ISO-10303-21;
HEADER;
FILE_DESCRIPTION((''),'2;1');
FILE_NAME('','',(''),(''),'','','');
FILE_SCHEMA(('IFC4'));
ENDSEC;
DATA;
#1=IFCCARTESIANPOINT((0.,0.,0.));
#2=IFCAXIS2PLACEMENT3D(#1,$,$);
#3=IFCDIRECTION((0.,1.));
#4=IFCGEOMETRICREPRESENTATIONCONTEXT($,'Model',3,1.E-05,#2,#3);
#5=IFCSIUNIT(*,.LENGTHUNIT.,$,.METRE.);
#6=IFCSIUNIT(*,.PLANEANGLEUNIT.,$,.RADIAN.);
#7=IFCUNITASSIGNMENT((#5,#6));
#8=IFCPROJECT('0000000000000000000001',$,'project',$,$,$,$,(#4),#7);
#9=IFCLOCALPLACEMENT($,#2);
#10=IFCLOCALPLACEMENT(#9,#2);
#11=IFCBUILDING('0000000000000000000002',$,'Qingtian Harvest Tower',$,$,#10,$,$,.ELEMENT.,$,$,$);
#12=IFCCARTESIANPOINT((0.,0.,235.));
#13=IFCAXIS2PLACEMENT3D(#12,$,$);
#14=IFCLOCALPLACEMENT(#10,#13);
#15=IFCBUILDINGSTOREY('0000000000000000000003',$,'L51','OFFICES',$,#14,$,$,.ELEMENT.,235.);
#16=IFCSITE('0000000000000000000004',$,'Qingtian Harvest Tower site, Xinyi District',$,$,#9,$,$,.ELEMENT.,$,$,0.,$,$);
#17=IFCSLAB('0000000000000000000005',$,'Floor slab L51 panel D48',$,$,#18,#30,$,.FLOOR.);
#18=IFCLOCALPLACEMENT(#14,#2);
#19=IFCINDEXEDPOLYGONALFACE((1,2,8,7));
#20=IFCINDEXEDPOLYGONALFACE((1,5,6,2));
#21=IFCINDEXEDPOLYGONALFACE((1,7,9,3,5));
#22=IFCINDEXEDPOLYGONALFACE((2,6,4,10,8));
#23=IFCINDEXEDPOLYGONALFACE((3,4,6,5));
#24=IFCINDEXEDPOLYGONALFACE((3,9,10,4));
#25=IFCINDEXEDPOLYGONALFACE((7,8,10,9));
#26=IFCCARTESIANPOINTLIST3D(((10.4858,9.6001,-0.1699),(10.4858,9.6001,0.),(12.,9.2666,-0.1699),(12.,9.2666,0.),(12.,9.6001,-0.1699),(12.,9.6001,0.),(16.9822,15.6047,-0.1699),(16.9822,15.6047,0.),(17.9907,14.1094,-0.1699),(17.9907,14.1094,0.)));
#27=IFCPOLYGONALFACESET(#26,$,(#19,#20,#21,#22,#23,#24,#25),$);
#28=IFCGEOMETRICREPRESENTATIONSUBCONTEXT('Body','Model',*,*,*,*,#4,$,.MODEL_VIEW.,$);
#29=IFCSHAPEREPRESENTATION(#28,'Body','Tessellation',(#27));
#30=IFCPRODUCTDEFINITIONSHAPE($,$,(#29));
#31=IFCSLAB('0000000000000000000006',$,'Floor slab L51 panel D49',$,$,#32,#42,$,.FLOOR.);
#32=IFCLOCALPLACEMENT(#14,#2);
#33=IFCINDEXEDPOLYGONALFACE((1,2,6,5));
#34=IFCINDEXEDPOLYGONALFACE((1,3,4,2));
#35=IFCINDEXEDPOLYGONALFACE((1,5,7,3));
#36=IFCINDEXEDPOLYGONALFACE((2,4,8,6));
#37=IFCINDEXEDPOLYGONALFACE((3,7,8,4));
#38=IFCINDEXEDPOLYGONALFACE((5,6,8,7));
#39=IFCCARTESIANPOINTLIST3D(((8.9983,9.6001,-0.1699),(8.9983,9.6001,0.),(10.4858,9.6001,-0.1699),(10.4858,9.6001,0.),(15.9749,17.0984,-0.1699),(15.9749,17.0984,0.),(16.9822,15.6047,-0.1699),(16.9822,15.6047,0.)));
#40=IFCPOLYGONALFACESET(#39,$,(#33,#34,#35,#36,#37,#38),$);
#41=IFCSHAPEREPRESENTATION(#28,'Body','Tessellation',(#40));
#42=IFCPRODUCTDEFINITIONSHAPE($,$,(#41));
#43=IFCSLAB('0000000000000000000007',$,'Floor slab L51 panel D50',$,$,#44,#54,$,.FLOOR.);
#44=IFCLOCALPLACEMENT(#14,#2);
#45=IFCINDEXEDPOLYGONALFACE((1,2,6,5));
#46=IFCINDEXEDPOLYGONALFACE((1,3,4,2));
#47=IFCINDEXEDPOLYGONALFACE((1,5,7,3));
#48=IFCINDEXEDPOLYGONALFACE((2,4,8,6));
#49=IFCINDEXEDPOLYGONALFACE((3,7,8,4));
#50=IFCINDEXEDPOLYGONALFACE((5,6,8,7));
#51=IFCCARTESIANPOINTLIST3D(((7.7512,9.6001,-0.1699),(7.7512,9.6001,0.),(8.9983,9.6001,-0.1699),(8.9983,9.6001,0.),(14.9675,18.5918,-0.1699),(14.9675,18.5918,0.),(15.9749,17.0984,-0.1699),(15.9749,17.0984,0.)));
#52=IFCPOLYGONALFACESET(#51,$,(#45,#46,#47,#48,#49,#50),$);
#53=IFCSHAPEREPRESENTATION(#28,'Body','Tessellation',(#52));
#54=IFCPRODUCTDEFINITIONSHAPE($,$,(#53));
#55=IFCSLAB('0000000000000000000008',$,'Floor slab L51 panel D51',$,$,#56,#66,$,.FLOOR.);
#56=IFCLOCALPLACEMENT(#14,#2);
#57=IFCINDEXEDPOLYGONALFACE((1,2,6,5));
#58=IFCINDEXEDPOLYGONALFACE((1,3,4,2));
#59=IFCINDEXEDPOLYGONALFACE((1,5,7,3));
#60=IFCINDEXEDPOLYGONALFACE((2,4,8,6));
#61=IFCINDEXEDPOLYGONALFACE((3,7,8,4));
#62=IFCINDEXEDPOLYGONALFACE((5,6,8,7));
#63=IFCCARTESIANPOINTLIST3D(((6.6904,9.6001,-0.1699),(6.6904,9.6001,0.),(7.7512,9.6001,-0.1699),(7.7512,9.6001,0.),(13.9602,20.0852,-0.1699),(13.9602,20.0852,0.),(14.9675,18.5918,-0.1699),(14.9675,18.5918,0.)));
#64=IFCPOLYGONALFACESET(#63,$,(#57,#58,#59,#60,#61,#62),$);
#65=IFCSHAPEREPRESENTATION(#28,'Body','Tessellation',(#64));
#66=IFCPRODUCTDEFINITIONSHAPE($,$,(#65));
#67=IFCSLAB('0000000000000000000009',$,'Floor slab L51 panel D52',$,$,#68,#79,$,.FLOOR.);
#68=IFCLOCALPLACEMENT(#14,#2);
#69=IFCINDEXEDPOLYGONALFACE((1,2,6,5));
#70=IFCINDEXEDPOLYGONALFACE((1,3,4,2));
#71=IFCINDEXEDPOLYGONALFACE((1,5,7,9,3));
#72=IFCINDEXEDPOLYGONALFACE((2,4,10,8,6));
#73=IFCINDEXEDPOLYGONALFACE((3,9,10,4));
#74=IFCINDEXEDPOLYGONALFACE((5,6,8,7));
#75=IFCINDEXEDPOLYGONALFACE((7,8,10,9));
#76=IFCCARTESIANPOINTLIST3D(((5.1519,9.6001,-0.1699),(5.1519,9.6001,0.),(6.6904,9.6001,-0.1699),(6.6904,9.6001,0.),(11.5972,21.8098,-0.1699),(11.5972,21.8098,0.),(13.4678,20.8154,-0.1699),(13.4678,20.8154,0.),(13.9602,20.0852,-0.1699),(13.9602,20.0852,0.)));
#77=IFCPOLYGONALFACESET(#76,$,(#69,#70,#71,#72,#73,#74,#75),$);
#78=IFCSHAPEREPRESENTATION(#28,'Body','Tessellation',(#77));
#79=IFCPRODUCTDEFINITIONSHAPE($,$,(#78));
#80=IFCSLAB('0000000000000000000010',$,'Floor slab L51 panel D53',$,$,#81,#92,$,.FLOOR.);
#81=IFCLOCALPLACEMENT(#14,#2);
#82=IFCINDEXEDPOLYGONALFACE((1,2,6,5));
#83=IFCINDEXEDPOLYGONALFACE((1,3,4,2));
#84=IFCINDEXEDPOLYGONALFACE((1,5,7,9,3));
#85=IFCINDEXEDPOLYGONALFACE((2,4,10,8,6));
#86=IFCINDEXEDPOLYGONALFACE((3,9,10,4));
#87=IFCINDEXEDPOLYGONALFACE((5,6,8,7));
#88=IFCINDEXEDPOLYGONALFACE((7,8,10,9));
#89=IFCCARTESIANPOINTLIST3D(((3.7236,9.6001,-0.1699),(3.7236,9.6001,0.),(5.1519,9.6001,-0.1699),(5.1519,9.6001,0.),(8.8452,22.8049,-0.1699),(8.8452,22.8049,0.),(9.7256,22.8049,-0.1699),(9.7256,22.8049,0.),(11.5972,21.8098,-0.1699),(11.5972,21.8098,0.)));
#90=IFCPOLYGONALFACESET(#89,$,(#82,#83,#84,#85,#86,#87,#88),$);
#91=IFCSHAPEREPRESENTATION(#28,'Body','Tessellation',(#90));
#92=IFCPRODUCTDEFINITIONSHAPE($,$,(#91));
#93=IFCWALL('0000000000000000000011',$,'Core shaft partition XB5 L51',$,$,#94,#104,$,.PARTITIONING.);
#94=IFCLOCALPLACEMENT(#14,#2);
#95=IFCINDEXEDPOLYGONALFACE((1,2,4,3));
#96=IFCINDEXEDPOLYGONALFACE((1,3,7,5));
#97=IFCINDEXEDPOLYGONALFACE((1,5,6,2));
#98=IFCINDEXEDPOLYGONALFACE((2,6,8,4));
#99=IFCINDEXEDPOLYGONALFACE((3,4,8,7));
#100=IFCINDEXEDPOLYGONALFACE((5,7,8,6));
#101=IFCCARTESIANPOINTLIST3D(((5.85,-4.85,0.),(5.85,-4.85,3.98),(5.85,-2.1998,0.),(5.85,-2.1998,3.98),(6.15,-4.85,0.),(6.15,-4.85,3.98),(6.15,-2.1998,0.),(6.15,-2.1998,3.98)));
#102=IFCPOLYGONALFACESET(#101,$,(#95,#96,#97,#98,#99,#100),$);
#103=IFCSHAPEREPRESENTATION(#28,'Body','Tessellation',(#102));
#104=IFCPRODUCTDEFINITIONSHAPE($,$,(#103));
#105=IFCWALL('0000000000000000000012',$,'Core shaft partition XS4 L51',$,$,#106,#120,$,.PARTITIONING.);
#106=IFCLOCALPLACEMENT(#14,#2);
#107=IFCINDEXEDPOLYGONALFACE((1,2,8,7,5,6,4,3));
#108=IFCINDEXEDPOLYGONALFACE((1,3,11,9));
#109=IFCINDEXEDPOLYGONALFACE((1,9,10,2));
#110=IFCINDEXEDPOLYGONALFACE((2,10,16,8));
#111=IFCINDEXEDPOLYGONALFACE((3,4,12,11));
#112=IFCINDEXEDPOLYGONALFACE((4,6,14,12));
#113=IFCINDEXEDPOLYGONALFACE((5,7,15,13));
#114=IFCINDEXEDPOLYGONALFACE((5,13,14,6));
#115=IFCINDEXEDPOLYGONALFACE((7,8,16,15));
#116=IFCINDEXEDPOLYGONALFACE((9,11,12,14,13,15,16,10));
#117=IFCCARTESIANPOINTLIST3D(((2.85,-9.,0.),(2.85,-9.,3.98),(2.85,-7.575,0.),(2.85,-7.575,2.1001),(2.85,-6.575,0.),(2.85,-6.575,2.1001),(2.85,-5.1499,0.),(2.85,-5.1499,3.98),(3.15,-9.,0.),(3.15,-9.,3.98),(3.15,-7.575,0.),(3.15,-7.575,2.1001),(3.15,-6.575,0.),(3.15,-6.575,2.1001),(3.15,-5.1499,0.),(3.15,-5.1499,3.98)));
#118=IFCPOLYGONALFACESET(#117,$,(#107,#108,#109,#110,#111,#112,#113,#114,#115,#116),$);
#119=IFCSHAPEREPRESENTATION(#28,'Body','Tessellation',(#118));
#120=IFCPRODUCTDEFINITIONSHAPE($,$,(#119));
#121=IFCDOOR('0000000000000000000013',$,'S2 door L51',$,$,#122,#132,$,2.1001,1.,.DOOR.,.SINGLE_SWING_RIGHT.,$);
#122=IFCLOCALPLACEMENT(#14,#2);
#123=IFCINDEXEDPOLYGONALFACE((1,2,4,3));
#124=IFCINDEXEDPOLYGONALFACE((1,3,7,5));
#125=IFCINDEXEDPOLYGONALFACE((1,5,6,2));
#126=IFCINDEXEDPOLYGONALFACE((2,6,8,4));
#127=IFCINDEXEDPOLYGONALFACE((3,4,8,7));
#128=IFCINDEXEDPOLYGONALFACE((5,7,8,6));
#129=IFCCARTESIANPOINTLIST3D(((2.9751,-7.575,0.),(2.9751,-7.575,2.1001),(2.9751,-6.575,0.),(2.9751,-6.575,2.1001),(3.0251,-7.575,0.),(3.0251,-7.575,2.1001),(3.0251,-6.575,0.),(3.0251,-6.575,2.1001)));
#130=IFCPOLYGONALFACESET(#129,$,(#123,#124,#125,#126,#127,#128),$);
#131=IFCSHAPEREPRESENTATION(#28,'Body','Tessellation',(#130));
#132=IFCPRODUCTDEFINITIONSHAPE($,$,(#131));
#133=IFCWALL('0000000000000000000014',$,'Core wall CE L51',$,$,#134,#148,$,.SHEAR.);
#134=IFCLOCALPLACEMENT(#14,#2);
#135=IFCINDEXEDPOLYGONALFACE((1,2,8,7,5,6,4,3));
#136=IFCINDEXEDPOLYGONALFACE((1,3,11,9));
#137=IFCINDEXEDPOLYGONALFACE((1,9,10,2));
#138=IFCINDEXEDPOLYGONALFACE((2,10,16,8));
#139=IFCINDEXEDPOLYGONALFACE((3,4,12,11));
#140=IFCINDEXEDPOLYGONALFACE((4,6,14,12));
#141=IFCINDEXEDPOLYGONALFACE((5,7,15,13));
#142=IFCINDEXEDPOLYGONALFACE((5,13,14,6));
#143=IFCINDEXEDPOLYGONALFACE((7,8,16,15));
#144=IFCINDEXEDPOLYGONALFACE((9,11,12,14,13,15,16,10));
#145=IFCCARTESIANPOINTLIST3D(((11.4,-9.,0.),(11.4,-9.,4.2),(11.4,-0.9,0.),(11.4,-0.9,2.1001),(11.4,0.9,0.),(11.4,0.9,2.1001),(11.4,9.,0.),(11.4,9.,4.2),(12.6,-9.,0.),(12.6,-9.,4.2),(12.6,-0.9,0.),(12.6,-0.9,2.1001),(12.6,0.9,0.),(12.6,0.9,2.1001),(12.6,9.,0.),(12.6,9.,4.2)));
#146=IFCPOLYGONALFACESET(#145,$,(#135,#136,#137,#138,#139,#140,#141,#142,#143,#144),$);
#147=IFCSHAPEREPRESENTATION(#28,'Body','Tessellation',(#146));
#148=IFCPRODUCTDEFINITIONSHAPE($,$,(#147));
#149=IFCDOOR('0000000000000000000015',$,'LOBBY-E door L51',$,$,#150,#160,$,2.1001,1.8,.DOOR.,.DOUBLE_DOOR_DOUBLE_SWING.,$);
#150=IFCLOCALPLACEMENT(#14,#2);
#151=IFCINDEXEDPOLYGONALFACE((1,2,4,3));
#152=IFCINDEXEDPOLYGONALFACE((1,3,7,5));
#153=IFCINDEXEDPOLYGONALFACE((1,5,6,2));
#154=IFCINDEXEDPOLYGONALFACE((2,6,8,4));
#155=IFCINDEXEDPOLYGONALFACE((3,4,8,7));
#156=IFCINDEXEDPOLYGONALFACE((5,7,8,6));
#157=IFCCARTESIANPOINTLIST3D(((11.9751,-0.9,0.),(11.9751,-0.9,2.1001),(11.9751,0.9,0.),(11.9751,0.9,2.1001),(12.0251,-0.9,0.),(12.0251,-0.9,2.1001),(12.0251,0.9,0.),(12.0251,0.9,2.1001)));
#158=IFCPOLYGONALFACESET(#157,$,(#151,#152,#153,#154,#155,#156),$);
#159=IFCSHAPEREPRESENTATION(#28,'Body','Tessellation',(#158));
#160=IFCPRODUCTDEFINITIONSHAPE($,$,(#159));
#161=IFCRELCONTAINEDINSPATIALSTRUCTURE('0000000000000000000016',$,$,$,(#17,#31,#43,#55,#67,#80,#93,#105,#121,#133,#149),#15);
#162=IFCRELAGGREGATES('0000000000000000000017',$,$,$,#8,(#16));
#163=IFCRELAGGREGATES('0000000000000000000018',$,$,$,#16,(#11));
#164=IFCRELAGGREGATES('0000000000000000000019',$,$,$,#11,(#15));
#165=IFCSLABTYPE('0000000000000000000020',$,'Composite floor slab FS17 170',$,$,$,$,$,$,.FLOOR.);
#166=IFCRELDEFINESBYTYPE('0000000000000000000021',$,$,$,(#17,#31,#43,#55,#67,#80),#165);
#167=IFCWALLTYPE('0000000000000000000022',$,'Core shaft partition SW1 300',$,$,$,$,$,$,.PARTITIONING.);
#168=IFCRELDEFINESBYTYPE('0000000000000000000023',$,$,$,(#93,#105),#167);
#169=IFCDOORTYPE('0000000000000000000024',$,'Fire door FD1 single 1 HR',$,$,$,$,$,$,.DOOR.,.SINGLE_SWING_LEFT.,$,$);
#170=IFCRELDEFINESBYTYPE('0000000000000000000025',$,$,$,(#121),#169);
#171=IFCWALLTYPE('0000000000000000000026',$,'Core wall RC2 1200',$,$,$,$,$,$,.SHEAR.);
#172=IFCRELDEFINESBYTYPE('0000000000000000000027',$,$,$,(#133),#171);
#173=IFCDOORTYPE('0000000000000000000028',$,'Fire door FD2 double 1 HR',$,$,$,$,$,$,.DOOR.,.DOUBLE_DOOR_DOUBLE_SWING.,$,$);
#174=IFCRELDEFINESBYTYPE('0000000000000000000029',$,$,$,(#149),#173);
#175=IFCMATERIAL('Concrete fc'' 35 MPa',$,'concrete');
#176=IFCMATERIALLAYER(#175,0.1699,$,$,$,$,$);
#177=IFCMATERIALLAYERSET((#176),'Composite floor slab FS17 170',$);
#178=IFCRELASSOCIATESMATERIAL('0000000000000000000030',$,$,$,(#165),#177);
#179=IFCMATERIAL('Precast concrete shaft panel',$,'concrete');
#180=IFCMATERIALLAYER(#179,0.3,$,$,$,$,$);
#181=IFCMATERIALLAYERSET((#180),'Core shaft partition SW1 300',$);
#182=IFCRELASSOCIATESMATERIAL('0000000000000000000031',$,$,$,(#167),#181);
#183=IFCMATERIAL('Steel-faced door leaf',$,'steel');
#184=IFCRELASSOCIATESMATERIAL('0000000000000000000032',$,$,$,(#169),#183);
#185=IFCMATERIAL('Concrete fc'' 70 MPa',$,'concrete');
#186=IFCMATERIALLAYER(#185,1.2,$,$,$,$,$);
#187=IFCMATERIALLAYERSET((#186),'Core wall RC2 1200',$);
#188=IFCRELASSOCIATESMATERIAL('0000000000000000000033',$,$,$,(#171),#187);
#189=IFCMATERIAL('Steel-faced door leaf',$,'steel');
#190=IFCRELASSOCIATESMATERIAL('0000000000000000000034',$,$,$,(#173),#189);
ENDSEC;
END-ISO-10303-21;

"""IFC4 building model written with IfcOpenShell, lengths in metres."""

from ifc_helpers import new_model, si_unit, direction, frame, frame_2d, origin, place, context, subcontext, project, spatial, polyline, rectangle, outline, extrude, material, layer, layer_set, type_object, element, fill, save


model = new_model("IFC4")

# Units and contexts
model_context = context("Model", 3, precision=1e-05, world=origin(), true_north=direction((0.0, 1.0)))
body_context = subcontext(model_context, "Body", "Model", "MODEL_VIEW")
ifc_project = project(units=[si_unit("LENGTHUNIT", "METRE"), si_unit("PLANEANGLEUNIT", "RADIAN")], contexts=[model_context])

# Site, building, storey
site_placement = place(None, origin())
site = spatial("IfcSite", under=ifc_project, at=site_placement, Name="Qingtian Harvest Tower site, Xinyi District", CompositionType="ELEMENT", RefElevation=0.0)
building_placement = place(site_placement, origin())
building = spatial("IfcBuilding", under=site, at=building_placement, Name="Qingtian Harvest Tower", CompositionType="ELEMENT")
storey_placement = place(building_placement, frame((0.0, 0.0, 235.0)))
storey = spatial("IfcBuildingStorey", under=building, at=storey_placement, Name="L51", Description="OFFICES", CompositionType="ELEMENT", Elevation=235.0)

# Slabs
ifc_material_1 = material(Name="Concrete fc' 35 MPa", Category="concrete")
ifc_layer_1 = layer(ifc_material_1, 0.1699)
ifc_layer_set_1 = layer_set([ifc_layer_1], Name="Composite floor slab FS17 170")
slab_type = type_object("IfcSlabType", Name="Composite floor slab FS17 170", PredefinedType="FLOOR", material=ifc_layer_set_1)
slab_1_placement = place(storey_placement, frame((0.0, 0.0, -0.1699)))
element("IfcSlab", 1, at=slab_1_placement, inside=storey, type_object=slab_type, Name="Floor slab L51 panel D48", PredefinedType="FLOOR", context=body_context, shape_type="SweptSolid", body=[
    extrude(outline(polyline([(12.0, 9.6001), (10.4858, 9.6001), (16.9822, 15.6047), (17.9907, 14.1094), (12.0, 9.2666), (12.0, 9.6001)])), origin(), (0.0, 0.0, 1.0), 0.1699),
])
slab_2_placement = place(storey_placement, frame((0.0, 0.0, -0.1699)))
element("IfcSlab", 2, at=slab_2_placement, inside=storey, type_object=slab_type, Name="Floor slab L51 panel D49", PredefinedType="FLOOR", context=body_context, shape_type="SweptSolid", body=[
    extrude(outline(polyline([(8.9983, 9.6001), (15.9749, 17.0984), (16.9822, 15.6047), (10.4858, 9.6001), (8.9983, 9.6001)])), origin(), (0.0, 0.0, 1.0), 0.1699),
])
slab_3_placement = place(storey_placement, frame((0.0, 0.0, -0.1699)))
element("IfcSlab", 3, at=slab_3_placement, inside=storey, type_object=slab_type, Name="Floor slab L51 panel D50", PredefinedType="FLOOR", context=body_context, shape_type="SweptSolid", body=[
    extrude(outline(polyline([(7.7512, 9.6001), (14.9675, 18.5918), (15.9749, 17.0984), (8.9983, 9.6001), (7.7512, 9.6001)])), origin(), (0.0, 0.0, 1.0), 0.1699),
])
slab_4_placement = place(storey_placement, frame((0.0, 0.0, -0.1699)))
element("IfcSlab", 4, at=slab_4_placement, inside=storey, type_object=slab_type, Name="Floor slab L51 panel D51", PredefinedType="FLOOR", context=body_context, shape_type="SweptSolid", body=[
    extrude(outline(polyline([(6.6904, 9.6001), (13.9602, 20.0852), (14.9675, 18.5918), (7.7512, 9.6001), (6.6904, 9.6001)])), origin(), (0.0, 0.0, 1.0), 0.1699),
])
slab_5_placement = place(storey_placement, frame((0.0, 0.0, -0.1699)))
element("IfcSlab", 5, at=slab_5_placement, inside=storey, type_object=slab_type, Name="Floor slab L51 panel D52", PredefinedType="FLOOR", context=body_context, shape_type="SweptSolid", body=[
    extrude(outline(polyline([(6.6904, 9.6001), (5.1519, 9.6001), (11.5972, 21.8098), (13.4678, 20.8154), (13.9602, 20.0852), (6.6904, 9.6001)])), origin(), (0.0, 0.0, 1.0), 0.1699),
])
slab_6_placement = place(storey_placement, frame((0.0, 0.0, -0.1699)))
element("IfcSlab", 6, at=slab_6_placement, inside=storey, type_object=slab_type, Name="Floor slab L51 panel D53", PredefinedType="FLOOR", context=body_context, shape_type="SweptSolid", body=[
    extrude(outline(polyline([(3.7236, 9.6001), (8.8452, 22.8049), (9.7256, 22.8049), (11.5972, 21.8098), (5.1519, 9.6001), (3.7236, 9.6001)])), origin(), (0.0, 0.0, 1.0), 0.1699),
])

# Wall
ifc_material_2 = material(Name="Precast concrete shaft panel", Category="concrete")
ifc_layer_2 = layer(ifc_material_2, 0.3)
ifc_layer_set_2 = layer_set([ifc_layer_2], Name="Core shaft partition SW1 300")
wall_type_1 = type_object("IfcWallType", Name="Core shaft partition SW1 300", PredefinedType="PARTITIONING", material=ifc_layer_set_2)
wall_1_placement = place(storey_placement, frame((6.0, -4.8501, 0.0), z_axis=(0.0, 0.0, 1.0), x_axis=(0.0, 1.0, 0.0)))
element("IfcWall", 7, at=wall_1_placement, inside=storey, type_object=wall_type_1, Name="Core shaft partition XB5 L51", PredefinedType="PARTITIONING", context=body_context, shape_type="SweptSolid", body=[
    extrude(rectangle(XDim=2.6501, YDim=0.3, at=frame_2d((1.3252, 0.0))), origin(), (0.0, 0.0, 1.0), 3.98),
])

# Walls, openings, doors
wall_2_placement = place(storey_placement, frame((3.0, -9.0, 0.0), z_axis=(0.0, 0.0, 1.0), x_axis=(0.0, 1.0, 0.0)))
wall_2 = element("IfcWall", 8, at=wall_2_placement, inside=storey, type_object=wall_type_1, Name="Core shaft partition XS4 L51", PredefinedType="PARTITIONING", context=body_context, shape_type="SweptSolid", body=[
    extrude(rectangle(XDim=3.8501, YDim=0.3, at=frame_2d((1.925, 0.0))), origin(), (0.0, 0.0, 1.0), 3.98),
])
opening_1_placement = place(wall_2_placement, frame((1.425, 0.0, 0.0)))
opening_1 = element("IfcOpeningElement", 9, at=opening_1_placement, cuts=wall_2, PredefinedType="OPENING", context=body_context, shape_type="SweptSolid", body=[
    extrude(rectangle(XDim=1.0, YDim=2.1001, at=frame_2d((0.5, 1.05))), frame((0.0, 0.1599, 0.0), z_axis=(0.0, -1.0, 0.0), x_axis=(1.0, 0.0, 0.0)), (0.0, 0.0, 1.0), 0.3201),
])
ifc_material_3 = material(Name="Steel-faced door leaf", Category="steel")
door_type_1 = type_object("IfcDoorType", Name="Fire door FD1 single 1 HR", OperationType="SINGLE_SWING_LEFT", PredefinedType="DOOR", material=ifc_material_3)
door_1_placement = place(opening_1_placement, origin())
door_1 = element("IfcDoor", 10, at=door_1_placement, inside=storey, type_object=door_type_1, Name="S2 door L51", OperationType="SINGLE_SWING_RIGHT", OverallHeight=2.1001, OverallWidth=1.0, PredefinedType="DOOR", context=body_context, shape_type="SweptSolid", body=[
    extrude(rectangle(XDim=1.0, YDim=2.1001, at=frame_2d((0.5, 1.05))), frame((0.0, 0.0249, 0.0), z_axis=(0.0, -1.0, 0.0), x_axis=(1.0, 0.0, 0.0)), (0.0, 0.0, 1.0), 0.05),
])
fill(opening_1, door_1)
ifc_material_4 = material(Name="Concrete fc' 70 MPa", Category="concrete")
ifc_layer_3 = layer(ifc_material_4, 1.2)
ifc_layer_set_3 = layer_set([ifc_layer_3], Name="Core wall RC2 1200")
wall_type_2 = type_object("IfcWallType", Name="Core wall RC2 1200", PredefinedType="SHEAR", material=ifc_layer_set_3)
wall_3_placement = place(storey_placement, frame((12.0, -9.0, 0.0), z_axis=(0.0, 0.0, 1.0), x_axis=(0.0, 1.0, 0.0)))
wall_3 = element("IfcWall", 11, at=wall_3_placement, inside=storey, type_object=wall_type_2, Name="Core wall CE L51", PredefinedType="SHEAR", context=body_context, shape_type="SweptSolid", body=[
    extrude(rectangle(XDim=18.0, YDim=1.2, at=frame_2d((9.0, 0.0))), origin(), (0.0, 0.0, 1.0), 4.2),
])
opening_2_placement = place(wall_3_placement, frame((8.1001, 0.0, 0.0)))
opening_2 = element("IfcOpeningElement", 12, at=opening_2_placement, cuts=wall_3, PredefinedType="OPENING", context=body_context, shape_type="SweptSolid", body=[
    extrude(rectangle(XDim=1.8, YDim=2.1001, at=frame_2d((0.8999, 1.05))), frame((0.0, 0.6099, 0.0), z_axis=(0.0, -1.0, 0.0), x_axis=(1.0, 0.0, 0.0)), (0.0, 0.0, 1.0), 1.22),
])
ifc_material_5 = material(Name="Steel-faced door leaf", Category="steel")
door_type_2 = type_object("IfcDoorType", Name="Fire door FD2 double 1 HR", OperationType="DOUBLE_DOOR_DOUBLE_SWING", PredefinedType="DOOR", material=ifc_material_5)
door_2_placement = place(opening_2_placement, origin())
door_2 = element("IfcDoor", 13, at=door_2_placement, inside=storey, type_object=door_type_2, Name="LOBBY-E door L51", OperationType="DOUBLE_DOOR_DOUBLE_SWING", OverallHeight=2.1001, OverallWidth=1.8, PredefinedType="DOOR", context=body_context, shape_type="SweptSolid", body=[
    extrude(rectangle(XDim=1.8, YDim=2.1001, at=frame_2d((0.8999, 1.05))), frame((0.0, 0.0249, 0.0), z_axis=(0.0, -1.0, 0.0), x_axis=(1.0, 0.0, 0.0)), (0.0, 0.0, 1.0), 0.05),
])
fill(opening_2, door_2)

save(model, "model.ifc")
